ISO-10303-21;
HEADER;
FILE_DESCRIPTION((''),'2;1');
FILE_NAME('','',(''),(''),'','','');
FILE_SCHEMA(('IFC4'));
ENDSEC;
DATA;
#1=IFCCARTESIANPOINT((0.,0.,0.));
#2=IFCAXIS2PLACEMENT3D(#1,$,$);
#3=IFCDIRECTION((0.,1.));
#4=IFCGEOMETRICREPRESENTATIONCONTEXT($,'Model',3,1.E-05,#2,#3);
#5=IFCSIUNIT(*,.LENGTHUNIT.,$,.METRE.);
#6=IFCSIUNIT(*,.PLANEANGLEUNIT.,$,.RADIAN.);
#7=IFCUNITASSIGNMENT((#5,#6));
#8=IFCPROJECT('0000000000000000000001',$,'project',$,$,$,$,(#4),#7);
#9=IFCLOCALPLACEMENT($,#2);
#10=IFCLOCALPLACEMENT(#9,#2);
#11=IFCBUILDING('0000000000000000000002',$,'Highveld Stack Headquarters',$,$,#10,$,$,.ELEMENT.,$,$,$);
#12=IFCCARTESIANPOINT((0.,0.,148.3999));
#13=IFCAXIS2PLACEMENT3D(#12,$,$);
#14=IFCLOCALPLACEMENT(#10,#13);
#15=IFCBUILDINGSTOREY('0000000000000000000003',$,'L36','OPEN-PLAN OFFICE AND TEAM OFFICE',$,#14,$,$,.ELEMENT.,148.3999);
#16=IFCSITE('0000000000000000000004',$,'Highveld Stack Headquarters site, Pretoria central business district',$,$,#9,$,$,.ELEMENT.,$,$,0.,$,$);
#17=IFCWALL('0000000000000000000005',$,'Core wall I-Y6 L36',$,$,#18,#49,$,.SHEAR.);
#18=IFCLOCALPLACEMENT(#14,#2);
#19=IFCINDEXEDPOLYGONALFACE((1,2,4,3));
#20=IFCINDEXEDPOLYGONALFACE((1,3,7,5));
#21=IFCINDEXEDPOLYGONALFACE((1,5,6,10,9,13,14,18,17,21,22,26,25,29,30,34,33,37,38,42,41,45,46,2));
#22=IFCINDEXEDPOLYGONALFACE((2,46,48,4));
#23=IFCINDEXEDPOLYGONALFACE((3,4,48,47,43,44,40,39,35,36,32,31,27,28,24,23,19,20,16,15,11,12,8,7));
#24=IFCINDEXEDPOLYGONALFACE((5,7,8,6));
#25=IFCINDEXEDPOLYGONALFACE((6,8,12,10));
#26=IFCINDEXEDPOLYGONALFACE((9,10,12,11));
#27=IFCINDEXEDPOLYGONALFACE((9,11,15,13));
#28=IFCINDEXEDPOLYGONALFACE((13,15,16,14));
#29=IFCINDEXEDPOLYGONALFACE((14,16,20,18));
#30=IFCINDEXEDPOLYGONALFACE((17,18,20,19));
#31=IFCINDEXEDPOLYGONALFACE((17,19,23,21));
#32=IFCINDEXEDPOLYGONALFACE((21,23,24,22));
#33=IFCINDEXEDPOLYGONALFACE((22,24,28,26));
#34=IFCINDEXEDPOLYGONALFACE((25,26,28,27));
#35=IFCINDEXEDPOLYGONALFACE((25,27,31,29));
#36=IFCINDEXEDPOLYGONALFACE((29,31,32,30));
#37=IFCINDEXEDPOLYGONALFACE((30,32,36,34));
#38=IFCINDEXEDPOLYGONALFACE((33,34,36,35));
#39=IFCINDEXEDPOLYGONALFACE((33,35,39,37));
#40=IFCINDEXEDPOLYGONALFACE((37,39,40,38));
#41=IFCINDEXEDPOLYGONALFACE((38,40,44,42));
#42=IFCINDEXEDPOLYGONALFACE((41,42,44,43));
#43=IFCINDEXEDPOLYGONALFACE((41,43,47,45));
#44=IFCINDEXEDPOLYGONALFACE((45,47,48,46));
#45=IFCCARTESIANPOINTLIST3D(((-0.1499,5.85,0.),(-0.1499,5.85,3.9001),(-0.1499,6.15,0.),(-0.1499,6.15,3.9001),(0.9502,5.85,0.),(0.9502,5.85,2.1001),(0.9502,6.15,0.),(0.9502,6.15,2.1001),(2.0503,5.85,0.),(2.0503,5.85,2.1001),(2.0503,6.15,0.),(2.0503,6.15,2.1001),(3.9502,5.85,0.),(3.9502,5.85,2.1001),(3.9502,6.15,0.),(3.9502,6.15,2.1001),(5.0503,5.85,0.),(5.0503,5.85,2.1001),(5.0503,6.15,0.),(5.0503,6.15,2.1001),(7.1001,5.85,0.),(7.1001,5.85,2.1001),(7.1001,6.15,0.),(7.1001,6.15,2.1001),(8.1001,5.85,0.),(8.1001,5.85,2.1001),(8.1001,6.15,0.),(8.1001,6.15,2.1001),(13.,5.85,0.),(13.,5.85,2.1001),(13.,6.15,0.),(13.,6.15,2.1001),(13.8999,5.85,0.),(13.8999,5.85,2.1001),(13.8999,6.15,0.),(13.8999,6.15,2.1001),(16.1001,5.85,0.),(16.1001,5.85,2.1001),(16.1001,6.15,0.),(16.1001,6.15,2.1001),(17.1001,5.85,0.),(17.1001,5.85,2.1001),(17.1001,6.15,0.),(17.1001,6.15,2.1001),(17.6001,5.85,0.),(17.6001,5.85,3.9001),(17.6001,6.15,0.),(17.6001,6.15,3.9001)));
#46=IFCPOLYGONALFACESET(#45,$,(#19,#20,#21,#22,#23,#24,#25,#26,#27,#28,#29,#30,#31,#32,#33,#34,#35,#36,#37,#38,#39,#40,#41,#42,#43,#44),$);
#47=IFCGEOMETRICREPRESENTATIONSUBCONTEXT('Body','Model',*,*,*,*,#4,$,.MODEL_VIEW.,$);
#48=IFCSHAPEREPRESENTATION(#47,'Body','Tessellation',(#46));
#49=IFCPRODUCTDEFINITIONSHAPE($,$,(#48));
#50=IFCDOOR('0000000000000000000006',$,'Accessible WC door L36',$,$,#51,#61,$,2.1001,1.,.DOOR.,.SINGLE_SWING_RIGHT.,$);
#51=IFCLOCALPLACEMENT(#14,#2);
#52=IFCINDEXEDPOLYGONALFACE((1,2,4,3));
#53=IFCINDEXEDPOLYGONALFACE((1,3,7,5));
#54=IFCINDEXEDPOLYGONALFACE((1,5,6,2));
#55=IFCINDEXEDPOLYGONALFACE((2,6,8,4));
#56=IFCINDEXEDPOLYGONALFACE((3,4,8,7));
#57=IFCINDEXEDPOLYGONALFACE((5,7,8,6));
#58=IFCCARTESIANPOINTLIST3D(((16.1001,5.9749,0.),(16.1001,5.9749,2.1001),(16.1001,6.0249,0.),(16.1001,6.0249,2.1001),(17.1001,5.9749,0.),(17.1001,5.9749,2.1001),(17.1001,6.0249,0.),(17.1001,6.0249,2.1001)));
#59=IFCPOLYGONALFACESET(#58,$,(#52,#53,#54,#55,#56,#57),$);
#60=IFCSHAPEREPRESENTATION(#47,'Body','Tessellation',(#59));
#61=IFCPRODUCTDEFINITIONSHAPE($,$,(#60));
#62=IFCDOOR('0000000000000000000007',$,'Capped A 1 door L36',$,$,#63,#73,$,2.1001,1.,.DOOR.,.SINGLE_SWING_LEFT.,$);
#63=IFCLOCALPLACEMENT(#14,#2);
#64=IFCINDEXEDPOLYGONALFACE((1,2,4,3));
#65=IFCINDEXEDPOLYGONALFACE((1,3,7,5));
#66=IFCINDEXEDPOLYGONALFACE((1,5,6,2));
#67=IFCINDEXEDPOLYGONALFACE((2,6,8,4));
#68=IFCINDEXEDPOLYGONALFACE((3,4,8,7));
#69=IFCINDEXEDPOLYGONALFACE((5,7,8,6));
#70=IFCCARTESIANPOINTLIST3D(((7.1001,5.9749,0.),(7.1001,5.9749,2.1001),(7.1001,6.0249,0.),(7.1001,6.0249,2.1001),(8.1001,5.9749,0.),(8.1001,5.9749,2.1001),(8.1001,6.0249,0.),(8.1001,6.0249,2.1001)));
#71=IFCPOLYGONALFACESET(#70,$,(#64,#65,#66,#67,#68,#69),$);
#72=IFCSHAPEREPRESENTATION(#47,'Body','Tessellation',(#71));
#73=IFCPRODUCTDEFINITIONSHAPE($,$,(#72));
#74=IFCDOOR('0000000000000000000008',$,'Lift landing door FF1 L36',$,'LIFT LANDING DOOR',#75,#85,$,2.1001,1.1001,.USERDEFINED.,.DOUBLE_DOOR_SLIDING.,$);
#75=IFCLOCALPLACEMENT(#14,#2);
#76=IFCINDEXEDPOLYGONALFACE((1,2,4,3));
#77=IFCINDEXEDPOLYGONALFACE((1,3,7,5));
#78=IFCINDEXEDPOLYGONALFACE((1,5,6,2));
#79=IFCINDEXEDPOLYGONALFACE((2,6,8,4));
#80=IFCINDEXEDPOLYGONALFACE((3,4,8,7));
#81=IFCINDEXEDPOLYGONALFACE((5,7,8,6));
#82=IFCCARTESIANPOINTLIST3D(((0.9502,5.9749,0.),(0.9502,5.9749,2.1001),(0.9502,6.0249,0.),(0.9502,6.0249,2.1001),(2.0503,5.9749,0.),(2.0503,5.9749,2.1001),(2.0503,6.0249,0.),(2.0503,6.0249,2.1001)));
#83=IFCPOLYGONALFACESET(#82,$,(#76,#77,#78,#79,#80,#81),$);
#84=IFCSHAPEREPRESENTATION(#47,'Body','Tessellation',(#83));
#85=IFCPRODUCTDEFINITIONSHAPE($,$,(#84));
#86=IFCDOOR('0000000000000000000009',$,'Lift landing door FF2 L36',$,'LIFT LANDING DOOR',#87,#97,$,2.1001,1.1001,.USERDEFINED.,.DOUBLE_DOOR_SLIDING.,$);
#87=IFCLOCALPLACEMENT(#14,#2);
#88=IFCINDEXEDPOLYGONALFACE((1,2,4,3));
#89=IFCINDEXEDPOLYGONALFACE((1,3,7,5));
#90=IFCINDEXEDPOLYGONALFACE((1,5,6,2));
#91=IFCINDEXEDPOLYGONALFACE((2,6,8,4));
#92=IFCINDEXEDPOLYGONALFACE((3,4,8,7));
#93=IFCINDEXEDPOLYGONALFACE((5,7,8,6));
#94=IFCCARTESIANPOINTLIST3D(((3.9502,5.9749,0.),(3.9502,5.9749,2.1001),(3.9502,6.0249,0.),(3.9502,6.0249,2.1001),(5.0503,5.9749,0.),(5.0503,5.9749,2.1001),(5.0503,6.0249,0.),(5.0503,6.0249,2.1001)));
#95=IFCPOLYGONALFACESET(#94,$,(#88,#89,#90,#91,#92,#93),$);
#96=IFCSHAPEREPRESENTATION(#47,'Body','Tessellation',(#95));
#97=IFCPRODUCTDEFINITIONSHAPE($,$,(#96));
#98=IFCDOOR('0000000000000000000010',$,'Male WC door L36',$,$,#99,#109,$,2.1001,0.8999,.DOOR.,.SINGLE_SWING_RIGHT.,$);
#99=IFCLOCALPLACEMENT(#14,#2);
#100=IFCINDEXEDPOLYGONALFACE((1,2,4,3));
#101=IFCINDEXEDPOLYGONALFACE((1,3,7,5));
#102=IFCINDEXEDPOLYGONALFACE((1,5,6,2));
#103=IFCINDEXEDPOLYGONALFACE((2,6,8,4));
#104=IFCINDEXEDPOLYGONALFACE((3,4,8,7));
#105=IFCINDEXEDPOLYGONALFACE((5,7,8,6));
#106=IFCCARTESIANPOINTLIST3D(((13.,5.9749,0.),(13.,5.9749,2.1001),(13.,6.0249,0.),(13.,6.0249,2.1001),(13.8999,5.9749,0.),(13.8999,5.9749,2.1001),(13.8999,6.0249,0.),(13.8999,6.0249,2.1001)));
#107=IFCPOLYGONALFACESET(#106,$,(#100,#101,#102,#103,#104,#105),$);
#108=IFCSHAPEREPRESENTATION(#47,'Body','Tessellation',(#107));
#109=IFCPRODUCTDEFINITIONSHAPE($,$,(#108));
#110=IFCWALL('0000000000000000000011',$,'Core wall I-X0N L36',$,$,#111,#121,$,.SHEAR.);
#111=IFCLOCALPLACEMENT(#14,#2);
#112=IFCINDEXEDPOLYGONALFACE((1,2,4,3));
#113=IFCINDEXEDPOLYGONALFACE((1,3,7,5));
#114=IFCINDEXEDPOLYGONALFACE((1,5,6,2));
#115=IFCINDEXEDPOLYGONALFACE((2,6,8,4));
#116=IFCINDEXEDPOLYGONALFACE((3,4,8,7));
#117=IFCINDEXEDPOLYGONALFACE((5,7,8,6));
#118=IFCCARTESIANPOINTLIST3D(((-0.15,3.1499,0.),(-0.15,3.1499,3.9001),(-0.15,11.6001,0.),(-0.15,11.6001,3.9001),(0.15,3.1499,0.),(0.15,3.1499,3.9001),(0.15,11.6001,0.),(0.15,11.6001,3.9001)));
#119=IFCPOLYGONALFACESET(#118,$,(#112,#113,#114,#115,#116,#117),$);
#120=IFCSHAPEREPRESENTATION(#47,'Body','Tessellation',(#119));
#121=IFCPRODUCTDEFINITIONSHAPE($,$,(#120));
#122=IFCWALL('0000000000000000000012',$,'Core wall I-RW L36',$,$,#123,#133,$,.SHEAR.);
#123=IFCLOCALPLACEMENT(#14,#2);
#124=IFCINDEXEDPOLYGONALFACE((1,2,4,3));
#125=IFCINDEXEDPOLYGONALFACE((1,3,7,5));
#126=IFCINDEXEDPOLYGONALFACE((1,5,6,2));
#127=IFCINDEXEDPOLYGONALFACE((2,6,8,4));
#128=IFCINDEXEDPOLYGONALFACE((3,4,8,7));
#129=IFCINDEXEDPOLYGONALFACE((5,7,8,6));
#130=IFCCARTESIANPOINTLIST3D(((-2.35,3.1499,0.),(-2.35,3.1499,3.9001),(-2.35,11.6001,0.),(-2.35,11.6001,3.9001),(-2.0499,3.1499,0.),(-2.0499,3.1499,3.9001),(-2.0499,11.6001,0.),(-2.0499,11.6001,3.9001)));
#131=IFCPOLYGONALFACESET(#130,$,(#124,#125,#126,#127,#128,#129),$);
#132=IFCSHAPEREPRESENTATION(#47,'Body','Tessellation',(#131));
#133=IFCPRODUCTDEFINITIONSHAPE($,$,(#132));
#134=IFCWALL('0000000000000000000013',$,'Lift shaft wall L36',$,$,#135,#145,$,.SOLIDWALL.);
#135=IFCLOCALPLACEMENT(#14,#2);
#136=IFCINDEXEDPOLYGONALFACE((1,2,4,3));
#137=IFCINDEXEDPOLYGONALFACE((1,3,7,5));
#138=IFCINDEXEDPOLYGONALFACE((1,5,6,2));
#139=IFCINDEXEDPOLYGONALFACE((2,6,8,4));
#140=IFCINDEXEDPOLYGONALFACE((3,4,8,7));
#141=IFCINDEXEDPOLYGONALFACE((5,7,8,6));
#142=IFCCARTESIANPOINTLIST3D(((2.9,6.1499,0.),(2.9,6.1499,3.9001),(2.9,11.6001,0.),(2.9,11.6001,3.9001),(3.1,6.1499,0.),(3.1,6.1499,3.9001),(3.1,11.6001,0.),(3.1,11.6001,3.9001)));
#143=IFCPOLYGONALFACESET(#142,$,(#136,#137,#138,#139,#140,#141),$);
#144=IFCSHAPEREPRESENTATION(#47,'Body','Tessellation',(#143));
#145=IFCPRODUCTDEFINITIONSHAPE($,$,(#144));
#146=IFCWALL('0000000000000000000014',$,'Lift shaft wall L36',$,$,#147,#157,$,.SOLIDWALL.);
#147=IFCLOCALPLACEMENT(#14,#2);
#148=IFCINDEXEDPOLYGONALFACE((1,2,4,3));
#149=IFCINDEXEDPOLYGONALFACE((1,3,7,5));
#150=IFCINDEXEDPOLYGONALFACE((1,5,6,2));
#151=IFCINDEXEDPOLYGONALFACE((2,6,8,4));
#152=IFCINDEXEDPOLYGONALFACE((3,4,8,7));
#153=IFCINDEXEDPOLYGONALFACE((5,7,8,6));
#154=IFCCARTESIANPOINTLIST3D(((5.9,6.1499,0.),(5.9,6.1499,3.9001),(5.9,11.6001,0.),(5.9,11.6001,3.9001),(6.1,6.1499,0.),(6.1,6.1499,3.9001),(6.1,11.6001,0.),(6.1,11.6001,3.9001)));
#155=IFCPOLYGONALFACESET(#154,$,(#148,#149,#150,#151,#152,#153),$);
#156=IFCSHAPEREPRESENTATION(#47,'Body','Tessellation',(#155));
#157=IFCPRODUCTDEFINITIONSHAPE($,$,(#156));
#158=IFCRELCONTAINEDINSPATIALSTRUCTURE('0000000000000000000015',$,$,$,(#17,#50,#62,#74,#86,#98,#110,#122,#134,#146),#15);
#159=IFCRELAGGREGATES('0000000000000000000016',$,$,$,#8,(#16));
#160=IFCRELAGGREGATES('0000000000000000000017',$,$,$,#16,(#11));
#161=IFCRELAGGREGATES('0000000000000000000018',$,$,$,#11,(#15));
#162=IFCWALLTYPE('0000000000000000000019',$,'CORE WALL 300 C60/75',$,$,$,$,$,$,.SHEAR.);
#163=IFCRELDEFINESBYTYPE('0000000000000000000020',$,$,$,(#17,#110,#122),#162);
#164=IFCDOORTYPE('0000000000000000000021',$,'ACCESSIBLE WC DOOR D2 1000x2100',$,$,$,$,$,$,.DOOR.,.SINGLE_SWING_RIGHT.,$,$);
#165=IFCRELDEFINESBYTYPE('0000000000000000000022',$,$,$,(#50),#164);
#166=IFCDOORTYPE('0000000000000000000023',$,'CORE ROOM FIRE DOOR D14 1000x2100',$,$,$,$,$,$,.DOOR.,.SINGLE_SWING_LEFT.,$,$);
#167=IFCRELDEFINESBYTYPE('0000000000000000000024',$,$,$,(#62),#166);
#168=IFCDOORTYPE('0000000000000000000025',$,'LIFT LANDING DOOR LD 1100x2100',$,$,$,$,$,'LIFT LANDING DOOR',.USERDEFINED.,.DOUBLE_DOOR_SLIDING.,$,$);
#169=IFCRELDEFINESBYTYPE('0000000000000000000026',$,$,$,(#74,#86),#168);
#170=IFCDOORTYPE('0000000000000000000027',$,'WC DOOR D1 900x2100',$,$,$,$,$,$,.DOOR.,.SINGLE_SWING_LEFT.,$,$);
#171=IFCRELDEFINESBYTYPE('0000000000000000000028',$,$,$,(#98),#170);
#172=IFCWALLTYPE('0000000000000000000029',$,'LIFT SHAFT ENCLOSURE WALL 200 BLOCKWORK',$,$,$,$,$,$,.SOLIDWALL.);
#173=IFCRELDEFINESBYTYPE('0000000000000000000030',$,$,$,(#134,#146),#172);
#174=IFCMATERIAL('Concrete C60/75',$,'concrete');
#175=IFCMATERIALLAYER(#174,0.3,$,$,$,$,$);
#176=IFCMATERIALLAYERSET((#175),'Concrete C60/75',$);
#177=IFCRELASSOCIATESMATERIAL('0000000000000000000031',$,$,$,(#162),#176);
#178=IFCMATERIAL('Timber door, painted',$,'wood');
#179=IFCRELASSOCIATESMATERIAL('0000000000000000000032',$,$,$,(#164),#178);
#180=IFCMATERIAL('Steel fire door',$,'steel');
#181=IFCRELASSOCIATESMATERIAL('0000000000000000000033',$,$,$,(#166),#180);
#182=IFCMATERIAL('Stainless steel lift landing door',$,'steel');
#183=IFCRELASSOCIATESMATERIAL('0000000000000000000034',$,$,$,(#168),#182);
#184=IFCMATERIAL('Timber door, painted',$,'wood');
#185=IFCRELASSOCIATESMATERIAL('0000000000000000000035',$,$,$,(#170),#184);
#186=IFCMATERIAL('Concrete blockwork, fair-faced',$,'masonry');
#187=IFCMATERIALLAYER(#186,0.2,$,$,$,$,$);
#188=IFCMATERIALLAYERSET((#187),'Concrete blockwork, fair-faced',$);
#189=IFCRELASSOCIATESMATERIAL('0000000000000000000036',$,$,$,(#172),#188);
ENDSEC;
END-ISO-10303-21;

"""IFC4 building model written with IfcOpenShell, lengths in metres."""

from ifc_helpers import new_model, si_unit, direction, frame, frame_2d, origin, place, context, subcontext, project, spatial, rectangle, extrude, material, layer, layer_set, type_object, element, fill, save


model = new_model("IFC4")

# Units and contexts
model_context = context("Model", 3, precision=1e-05, world=origin(), true_north=direction((0.0, 1.0)))
body_context = subcontext(model_context, "Body", "Model", "MODEL_VIEW")
ifc_project = project(units=[si_unit("LENGTHUNIT", "METRE"), si_unit("PLANEANGLEUNIT", "RADIAN")], contexts=[model_context])

# Site, building, storey
site_placement = place(None, origin())
site = spatial("IfcSite", under=ifc_project, at=site_placement, Name="Highveld Stack Headquarters site, Pretoria central business district", CompositionType="ELEMENT", RefElevation=0.0)
building_placement = place(site_placement, origin())
building = spatial("IfcBuilding", under=site, at=building_placement, Name="Highveld Stack Headquarters", CompositionType="ELEMENT")
storey_placement = place(building_placement, frame((0.0, 0.0, 148.3999)))
storey = spatial("IfcBuildingStorey", under=building, at=storey_placement, Name="L36", Description="OPEN-PLAN OFFICE AND TEAM OFFICE", CompositionType="ELEMENT", Elevation=148.3999)

# Wall, openings, doors
ifc_material_1 = material(Name="Concrete C60/75", Category="concrete")
ifc_layer_1 = layer(ifc_material_1, 0.3)
ifc_layer_set_1 = layer_set([ifc_layer_1], Name="Concrete C60/75")
wall_type_1 = type_object("IfcWallType", Name="CORE WALL 300 C60/75", PredefinedType="SHEAR", material=ifc_layer_set_1)
wall_1_placement = place(storey_placement, frame((-0.1499, 6.0, 0.0), z_axis=(0.0, 0.0, 1.0), x_axis=(1.0, 0.0, 0.0)))
wall_1 = element("IfcWall", 1, at=wall_1_placement, inside=storey, type_object=wall_type_1, Name="Core wall I-Y6 L36", PredefinedType="SHEAR", context=body_context, shape_type="SweptSolid", body=[
    extrude(rectangle(XDim=17.75, YDim=0.3, at=frame_2d((8.875, 0.0))), origin(), (0.0, 0.0, 1.0), 3.9001),
])
opening_1_placement = place(wall_1_placement, frame((13.1499, 0.0, 0.0)))
opening_1 = element("IfcOpeningElement", 2, at=opening_1_placement, cuts=wall_1, PredefinedType="OPENING", context=body_context, shape_type="SweptSolid", body=[
    extrude(rectangle(XDim=0.8999, YDim=2.1001, at=frame_2d((0.45, 1.05))), frame((0.0, 0.1599, 0.0), z_axis=(0.0, -1.0, 0.0), x_axis=(1.0, 0.0, 0.0)), (0.0, 0.0, 1.0), 0.3201),
])
opening_2_placement = place(wall_1_placement, frame((16.25, 0.0, 0.0)))
opening_2 = element("IfcOpeningElement", 3, at=opening_2_placement, cuts=wall_1, PredefinedType="OPENING", context=body_context, shape_type="SweptSolid", body=[
    extrude(rectangle(XDim=1.0, YDim=2.1001, at=frame_2d((0.5, 1.05))), frame((0.0, 0.1599, 0.0), z_axis=(0.0, -1.0, 0.0), x_axis=(1.0, 0.0, 0.0)), (0.0, 0.0, 1.0), 0.3201),
])
opening_3_placement = place(wall_1_placement, frame((7.25, 0.0, 0.0)))
opening_3 = element("IfcOpeningElement", 4, at=opening_3_placement, cuts=wall_1, PredefinedType="OPENING", context=body_context, shape_type="SweptSolid", body=[
    extrude(rectangle(XDim=1.0, YDim=2.1001, at=frame_2d((0.5, 1.05))), frame((0.0, 0.1599, 0.0), z_axis=(0.0, -1.0, 0.0), x_axis=(1.0, 0.0, 0.0)), (0.0, 0.0, 1.0), 0.3201),
])
opening_4_placement = place(wall_1_placement, frame((1.1001, 0.0, 0.0)))
opening_4 = element("IfcOpeningElement", 5, at=opening_4_placement, cuts=wall_1, PredefinedType="OPENING", context=body_context, shape_type="SweptSolid", body=[
    extrude(rectangle(XDim=1.1001, YDim=2.1001, at=frame_2d((0.55, 1.05))), frame((0.0, 0.1599, 0.0), z_axis=(0.0, -1.0, 0.0), x_axis=(1.0, 0.0, 0.0)), (0.0, 0.0, 1.0), 0.3201),
])
opening_5_placement = place(wall_1_placement, frame((4.1001, 0.0, 0.0)))
opening_5 = element("IfcOpeningElement", 6, at=opening_5_placement, cuts=wall_1, PredefinedType="OPENING", context=body_context, shape_type="SweptSolid", body=[
    extrude(rectangle(XDim=1.1001, YDim=2.1001, at=frame_2d((0.55, 1.05))), frame((0.0, 0.1599, 0.0), z_axis=(0.0, -1.0, 0.0), x_axis=(1.0, 0.0, 0.0)), (0.0, 0.0, 1.0), 0.3201),
])
ifc_material_2 = material(Name="Timber door, painted", Category="wood")
door_type_1 = type_object("IfcDoorType", Name="ACCESSIBLE WC DOOR D2 1000x2100", OperationType="SINGLE_SWING_RIGHT", PredefinedType="DOOR", material=ifc_material_2)
door_1_placement = place(opening_2_placement, origin())
door_1 = element("IfcDoor", 7, at=door_1_placement, inside=storey, type_object=door_type_1, Name="Accessible WC door L36", OperationType="SINGLE_SWING_RIGHT", OverallHeight=2.1001, OverallWidth=1.0, PredefinedType="DOOR", context=body_context, shape_type="SweptSolid", body=[
    extrude(rectangle(XDim=1.0, YDim=2.1001, at=frame_2d((0.5, 1.05))), frame((0.0, 0.0249, 0.0), z_axis=(0.0, -1.0, 0.0), x_axis=(1.0, 0.0, 0.0)), (0.0, 0.0, 1.0), 0.05),
])
fill(opening_2, door_1)
ifc_material_3 = material(Name="Steel fire door", Category="steel")
door_type_2 = type_object("IfcDoorType", Name="CORE ROOM FIRE DOOR D14 1000x2100", OperationType="SINGLE_SWING_LEFT", PredefinedType="DOOR", material=ifc_material_3)
door_2_placement = place(opening_3_placement, origin())
door_2 = element("IfcDoor", 8, at=door_2_placement, inside=storey, type_object=door_type_2, Name="Capped A 1 door L36", OperationType="SINGLE_SWING_LEFT", OverallHeight=2.1001, OverallWidth=1.0, PredefinedType="DOOR", context=body_context, shape_type="SweptSolid", body=[
    extrude(rectangle(XDim=1.0, YDim=2.1001, at=frame_2d((0.5, 1.05))), frame((0.0, 0.0249, 0.0), z_axis=(0.0, -1.0, 0.0), x_axis=(1.0, 0.0, 0.0)), (0.0, 0.0, 1.0), 0.05),
])
fill(opening_3, door_2)
ifc_material_4 = material(Name="Stainless steel lift landing door", Category="steel")
door_type_3 = type_object("IfcDoorType", Name="LIFT LANDING DOOR LD 1100x2100", ElementType="LIFT LANDING DOOR", OperationType="DOUBLE_DOOR_SLIDING", PredefinedType="USERDEFINED", material=ifc_material_4)
door_3_placement = place(opening_4_placement, origin())
door_3 = element("IfcDoor", 9, at=door_3_placement, inside=storey, type_object=door_type_3, Name="Lift landing door FF1 L36", ObjectType="LIFT LANDING DOOR", OperationType="DOUBLE_DOOR_SLIDING", OverallHeight=2.1001, OverallWidth=1.1001, PredefinedType="USERDEFINED", context=body_context, shape_type="SweptSolid", body=[
    extrude(rectangle(XDim=1.1001, YDim=2.1001, at=frame_2d((0.55, 1.05))), frame((0.0, 0.0249, 0.0), z_axis=(0.0, -1.0, 0.0), x_axis=(1.0, 0.0, 0.0)), (0.0, 0.0, 1.0), 0.05),
])
fill(opening_4, door_3)
door_4_placement = place(opening_5_placement, origin())
door_4 = element("IfcDoor", 10, at=door_4_placement, inside=storey, type_object=door_type_3, Name="Lift landing door FF2 L36", ObjectType="LIFT LANDING DOOR", OperationType="DOUBLE_DOOR_SLIDING", OverallHeight=2.1001, OverallWidth=1.1001, PredefinedType="USERDEFINED", context=body_context, shape_type="SweptSolid", body=[
    extrude(rectangle(XDim=1.1001, YDim=2.1001, at=frame_2d((0.55, 1.05))), frame((0.0, 0.0249, 0.0), z_axis=(0.0, -1.0, 0.0), x_axis=(1.0, 0.0, 0.0)), (0.0, 0.0, 1.0), 0.05),
])
fill(opening_5, door_4)
ifc_material_5 = material(Name="Timber door, painted", Category="wood")
door_type_4 = type_object("IfcDoorType", Name="WC DOOR D1 900x2100", OperationType="SINGLE_SWING_LEFT", PredefinedType="DOOR", material=ifc_material_5)
door_5_placement = place(opening_1_placement, origin())
door_5 = element("IfcDoor", 11, at=door_5_placement, inside=storey, type_object=door_type_4, Name="Male WC door L36", OperationType="SINGLE_SWING_RIGHT", OverallHeight=2.1001, OverallWidth=0.8999, PredefinedType="DOOR", context=body_context, shape_type="SweptSolid", body=[
    extrude(rectangle(XDim=0.8999, YDim=2.1001, at=frame_2d((0.45, 1.05))), frame((0.0, 0.0249, 0.0), z_axis=(0.0, -1.0, 0.0), x_axis=(1.0, 0.0, 0.0)), (0.0, 0.0, 1.0), 0.05),
])
fill(opening_1, door_5)

# Walls
for number, where, z_axis, x_axis, name in (
    (12, (0.0, 3.1499, 0.0), (0.0, 0.0, 1.0), (0.0, 1.0, 0.0), "Core wall I-X0N L36"),
    (13, (-2.2, 3.1499, 0.0), (0.0, 0.0, 1.0), (0.0, 1.0, 0.0), "Core wall I-RW L36"),
):
    element("IfcWall", number, at=place(storey_placement, frame(where, z_axis=z_axis, x_axis=x_axis)), inside=storey, type_object=wall_type_1, Name=name, PredefinedType="SHEAR", context=body_context, shape_type="SweptSolid", body=[
        extrude(rectangle(XDim=8.4502, YDim=0.3, at=frame_2d((4.2251, 0.0))), origin(), (0.0, 0.0, 1.0), 3.9001),
    ])
ifc_material_6 = material(Name="Concrete blockwork, fair-faced", Category="masonry")
ifc_layer_2 = layer(ifc_material_6, 0.2)
ifc_layer_set_2 = layer_set([ifc_layer_2], Name="Concrete blockwork, fair-faced")
wall_type_2 = type_object("IfcWallType", Name="LIFT SHAFT ENCLOSURE WALL 200 BLOCKWORK", PredefinedType="SOLIDWALL", material=ifc_layer_set_2)
for number, where, z_axis, x_axis, name in (
    (14, (3.0, 6.1499, 0.0), (0.0, 0.0, 1.0), (0.0, 1.0, 0.0), "Lift shaft wall L36"),
    (15, (6.0, 6.1499, 0.0), (0.0, 0.0, 1.0), (0.0, 1.0, 0.0), "Lift shaft wall L36"),
):
    element("IfcWall", number, at=place(storey_placement, frame(where, z_axis=z_axis, x_axis=x_axis)), inside=storey, type_object=wall_type_2, Name=name, PredefinedType="SOLIDWALL", context=body_context, shape_type="SweptSolid", body=[
        extrude(rectangle(XDim=5.4502, YDim=0.2, at=frame_2d((2.7251, 0.0))), origin(), (0.0, 0.0, 1.0), 3.9001),
    ])

save(model, "model.ifc")
